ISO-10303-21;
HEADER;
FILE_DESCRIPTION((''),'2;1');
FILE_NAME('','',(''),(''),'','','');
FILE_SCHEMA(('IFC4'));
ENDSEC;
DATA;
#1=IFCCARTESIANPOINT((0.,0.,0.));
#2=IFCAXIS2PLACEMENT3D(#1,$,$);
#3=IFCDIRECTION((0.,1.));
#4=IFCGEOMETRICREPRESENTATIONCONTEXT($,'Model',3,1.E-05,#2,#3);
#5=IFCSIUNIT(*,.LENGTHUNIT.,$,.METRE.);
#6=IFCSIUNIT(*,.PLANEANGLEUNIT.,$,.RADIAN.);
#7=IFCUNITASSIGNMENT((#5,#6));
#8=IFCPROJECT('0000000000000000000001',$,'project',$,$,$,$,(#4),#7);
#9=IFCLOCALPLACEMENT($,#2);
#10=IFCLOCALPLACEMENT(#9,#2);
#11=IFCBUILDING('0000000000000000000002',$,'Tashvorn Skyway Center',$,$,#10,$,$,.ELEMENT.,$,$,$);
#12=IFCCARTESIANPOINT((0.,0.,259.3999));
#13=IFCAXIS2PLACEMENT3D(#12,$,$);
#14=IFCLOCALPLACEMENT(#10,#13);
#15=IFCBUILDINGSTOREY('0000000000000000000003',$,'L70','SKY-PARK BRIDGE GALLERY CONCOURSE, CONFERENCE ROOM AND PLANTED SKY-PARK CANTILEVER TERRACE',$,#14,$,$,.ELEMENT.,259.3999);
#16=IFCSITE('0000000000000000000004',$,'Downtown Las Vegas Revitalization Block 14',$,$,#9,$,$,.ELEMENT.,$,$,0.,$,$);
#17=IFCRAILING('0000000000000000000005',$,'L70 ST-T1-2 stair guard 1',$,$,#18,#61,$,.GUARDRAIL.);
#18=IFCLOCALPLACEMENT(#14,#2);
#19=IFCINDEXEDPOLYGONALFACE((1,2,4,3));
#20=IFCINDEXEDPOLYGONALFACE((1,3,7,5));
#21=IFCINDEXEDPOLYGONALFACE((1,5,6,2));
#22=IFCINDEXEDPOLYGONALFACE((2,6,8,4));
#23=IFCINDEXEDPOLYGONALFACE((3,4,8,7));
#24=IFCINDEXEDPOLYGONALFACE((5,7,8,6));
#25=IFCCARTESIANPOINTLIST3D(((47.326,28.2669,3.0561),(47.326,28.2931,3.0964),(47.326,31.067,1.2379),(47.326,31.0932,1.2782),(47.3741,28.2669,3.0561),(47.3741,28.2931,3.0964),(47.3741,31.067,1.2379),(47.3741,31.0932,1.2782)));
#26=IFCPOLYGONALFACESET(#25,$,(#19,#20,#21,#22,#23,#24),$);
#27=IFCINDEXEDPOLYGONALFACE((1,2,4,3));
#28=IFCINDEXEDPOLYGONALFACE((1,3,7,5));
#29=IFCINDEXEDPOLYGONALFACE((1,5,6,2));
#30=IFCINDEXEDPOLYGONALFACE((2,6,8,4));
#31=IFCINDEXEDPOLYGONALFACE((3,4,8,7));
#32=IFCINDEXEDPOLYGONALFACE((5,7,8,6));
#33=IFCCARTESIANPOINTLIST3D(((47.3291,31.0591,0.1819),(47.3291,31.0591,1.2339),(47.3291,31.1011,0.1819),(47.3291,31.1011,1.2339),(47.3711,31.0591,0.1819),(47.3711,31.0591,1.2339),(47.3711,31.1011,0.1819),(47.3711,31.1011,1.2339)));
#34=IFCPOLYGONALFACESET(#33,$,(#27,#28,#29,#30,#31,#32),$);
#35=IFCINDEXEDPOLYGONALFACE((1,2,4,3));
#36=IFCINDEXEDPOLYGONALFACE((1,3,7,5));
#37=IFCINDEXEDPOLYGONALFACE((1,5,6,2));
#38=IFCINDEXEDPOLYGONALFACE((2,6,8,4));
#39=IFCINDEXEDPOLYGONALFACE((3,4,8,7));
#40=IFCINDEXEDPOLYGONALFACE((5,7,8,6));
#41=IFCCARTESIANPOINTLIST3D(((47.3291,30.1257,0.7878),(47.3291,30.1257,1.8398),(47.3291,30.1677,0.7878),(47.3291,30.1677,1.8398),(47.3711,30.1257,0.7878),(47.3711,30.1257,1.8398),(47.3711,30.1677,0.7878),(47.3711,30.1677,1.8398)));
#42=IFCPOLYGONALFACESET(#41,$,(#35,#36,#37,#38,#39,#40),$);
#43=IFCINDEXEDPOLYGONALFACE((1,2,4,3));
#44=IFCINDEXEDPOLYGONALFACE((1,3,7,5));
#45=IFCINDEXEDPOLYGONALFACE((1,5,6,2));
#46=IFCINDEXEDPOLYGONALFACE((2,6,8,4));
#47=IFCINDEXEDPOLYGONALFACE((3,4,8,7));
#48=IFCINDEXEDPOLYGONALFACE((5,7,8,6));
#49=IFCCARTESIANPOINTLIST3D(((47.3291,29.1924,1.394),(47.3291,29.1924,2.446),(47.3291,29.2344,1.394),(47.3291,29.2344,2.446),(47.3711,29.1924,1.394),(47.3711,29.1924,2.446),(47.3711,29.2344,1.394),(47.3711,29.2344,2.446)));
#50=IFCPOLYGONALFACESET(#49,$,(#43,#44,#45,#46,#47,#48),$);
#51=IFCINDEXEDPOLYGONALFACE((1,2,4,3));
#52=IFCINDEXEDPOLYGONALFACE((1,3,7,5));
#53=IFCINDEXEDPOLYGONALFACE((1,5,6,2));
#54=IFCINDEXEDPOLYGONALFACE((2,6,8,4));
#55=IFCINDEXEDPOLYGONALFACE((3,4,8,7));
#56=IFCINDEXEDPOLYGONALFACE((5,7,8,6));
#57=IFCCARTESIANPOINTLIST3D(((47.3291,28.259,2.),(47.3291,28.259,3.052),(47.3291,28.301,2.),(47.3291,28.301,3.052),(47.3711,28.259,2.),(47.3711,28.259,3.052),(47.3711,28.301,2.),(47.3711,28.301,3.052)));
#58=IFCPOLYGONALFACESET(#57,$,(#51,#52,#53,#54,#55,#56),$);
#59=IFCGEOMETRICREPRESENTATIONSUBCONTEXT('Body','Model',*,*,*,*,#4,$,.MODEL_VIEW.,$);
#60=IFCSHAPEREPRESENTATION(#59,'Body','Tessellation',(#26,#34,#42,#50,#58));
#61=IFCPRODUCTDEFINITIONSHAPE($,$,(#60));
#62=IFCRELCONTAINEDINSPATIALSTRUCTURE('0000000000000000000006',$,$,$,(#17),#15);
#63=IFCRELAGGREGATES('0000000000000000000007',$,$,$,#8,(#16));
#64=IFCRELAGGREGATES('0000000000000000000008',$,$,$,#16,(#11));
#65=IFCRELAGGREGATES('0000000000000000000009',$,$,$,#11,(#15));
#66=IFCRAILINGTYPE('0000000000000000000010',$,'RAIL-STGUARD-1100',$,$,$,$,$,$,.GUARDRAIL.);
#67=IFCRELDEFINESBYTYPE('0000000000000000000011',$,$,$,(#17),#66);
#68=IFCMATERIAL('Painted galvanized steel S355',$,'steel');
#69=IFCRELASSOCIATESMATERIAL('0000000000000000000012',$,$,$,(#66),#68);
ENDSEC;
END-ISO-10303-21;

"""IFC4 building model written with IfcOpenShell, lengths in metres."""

from ifc_helpers import new_model, si_unit, direction, frame, origin, origin_2d, place, context, subcontext, project, spatial, rectangle, extrude, material, type_object, element, save


model = new_model("IFC4")

# Units and contexts
model_context = context("Model", 3, precision=1e-05, world=origin(), true_north=direction((0.0, 1.0)))
body_context = subcontext(model_context, "Body", "Model", "MODEL_VIEW")
ifc_project = project(units=[si_unit("LENGTHUNIT", "METRE"), si_unit("PLANEANGLEUNIT", "RADIAN")], contexts=[model_context])

# Site, building, storey
site_placement = place(None, origin())
site = spatial("IfcSite", under=ifc_project, at=site_placement, Name="Downtown Las Vegas Revitalization Block 14", CompositionType="ELEMENT", RefElevation=0.0)
building_placement = place(site_placement, origin())
building = spatial("IfcBuilding", under=site, at=building_placement, Name="Tashvorn Skyway Center", CompositionType="ELEMENT")
storey_placement = place(building_placement, frame((0.0, 0.0, 259.3999)))
storey = spatial("IfcBuildingStorey", under=building, at=storey_placement, Name="L70", Description="SKY-PARK BRIDGE GALLERY CONCOURSE, CONFERENCE ROOM AND PLANTED SKY-PARK CANTILEVER TERRACE", CompositionType="ELEMENT", Elevation=259.3999)

# Railing
ifc_material_1 = material(Name="Painted galvanized steel S355", Category="steel")
railing_type_1 = type_object("IfcRailingType", Name="RAIL-STGUARD-1100", PredefinedType="GUARDRAIL", material=ifc_material_1)
railing_1_placement = place(storey_placement, frame((47.3501, 31.0801, 0.1819)))
element("IfcRailing", 1, at=railing_1_placement, inside=storey, type_object=railing_type_1, Name="L70 ST-T1-2 stair guard 1", PredefinedType="GUARDRAIL", context=body_context, shape_type="SweptSolid", body=[
    extrude(rectangle(XDim=0.0481, YDim=0.0481, at=origin_2d()), frame((0.0, 0.0, 1.0762), z_axis=(0.0, -0.838706, 0.544585), x_axis=(1.0, 0.0, 0.0)), (0.0, 0.0, 1.0), 3.3386),
    extrude(rectangle(XDim=0.042, YDim=0.042, at=origin_2d()), origin(), (0.0, 0.0, 1.0), 1.052),
    extrude(rectangle(XDim=0.042, YDim=0.042, at=origin_2d()), frame((0.0, -0.9333, 0.606)), (0.0, 0.0, 1.0), 1.052),
    extrude(rectangle(XDim=0.042, YDim=0.042, at=origin_2d()), frame((0.0, -1.8667, 1.2122)), (0.0, 0.0, 1.0), 1.052),
    extrude(rectangle(XDim=0.042, YDim=0.042, at=origin_2d()), frame((0.0, -2.8, 1.8181)), (0.0, 0.0, 1.0), 1.052),
])

save(model, "model.ifc")
